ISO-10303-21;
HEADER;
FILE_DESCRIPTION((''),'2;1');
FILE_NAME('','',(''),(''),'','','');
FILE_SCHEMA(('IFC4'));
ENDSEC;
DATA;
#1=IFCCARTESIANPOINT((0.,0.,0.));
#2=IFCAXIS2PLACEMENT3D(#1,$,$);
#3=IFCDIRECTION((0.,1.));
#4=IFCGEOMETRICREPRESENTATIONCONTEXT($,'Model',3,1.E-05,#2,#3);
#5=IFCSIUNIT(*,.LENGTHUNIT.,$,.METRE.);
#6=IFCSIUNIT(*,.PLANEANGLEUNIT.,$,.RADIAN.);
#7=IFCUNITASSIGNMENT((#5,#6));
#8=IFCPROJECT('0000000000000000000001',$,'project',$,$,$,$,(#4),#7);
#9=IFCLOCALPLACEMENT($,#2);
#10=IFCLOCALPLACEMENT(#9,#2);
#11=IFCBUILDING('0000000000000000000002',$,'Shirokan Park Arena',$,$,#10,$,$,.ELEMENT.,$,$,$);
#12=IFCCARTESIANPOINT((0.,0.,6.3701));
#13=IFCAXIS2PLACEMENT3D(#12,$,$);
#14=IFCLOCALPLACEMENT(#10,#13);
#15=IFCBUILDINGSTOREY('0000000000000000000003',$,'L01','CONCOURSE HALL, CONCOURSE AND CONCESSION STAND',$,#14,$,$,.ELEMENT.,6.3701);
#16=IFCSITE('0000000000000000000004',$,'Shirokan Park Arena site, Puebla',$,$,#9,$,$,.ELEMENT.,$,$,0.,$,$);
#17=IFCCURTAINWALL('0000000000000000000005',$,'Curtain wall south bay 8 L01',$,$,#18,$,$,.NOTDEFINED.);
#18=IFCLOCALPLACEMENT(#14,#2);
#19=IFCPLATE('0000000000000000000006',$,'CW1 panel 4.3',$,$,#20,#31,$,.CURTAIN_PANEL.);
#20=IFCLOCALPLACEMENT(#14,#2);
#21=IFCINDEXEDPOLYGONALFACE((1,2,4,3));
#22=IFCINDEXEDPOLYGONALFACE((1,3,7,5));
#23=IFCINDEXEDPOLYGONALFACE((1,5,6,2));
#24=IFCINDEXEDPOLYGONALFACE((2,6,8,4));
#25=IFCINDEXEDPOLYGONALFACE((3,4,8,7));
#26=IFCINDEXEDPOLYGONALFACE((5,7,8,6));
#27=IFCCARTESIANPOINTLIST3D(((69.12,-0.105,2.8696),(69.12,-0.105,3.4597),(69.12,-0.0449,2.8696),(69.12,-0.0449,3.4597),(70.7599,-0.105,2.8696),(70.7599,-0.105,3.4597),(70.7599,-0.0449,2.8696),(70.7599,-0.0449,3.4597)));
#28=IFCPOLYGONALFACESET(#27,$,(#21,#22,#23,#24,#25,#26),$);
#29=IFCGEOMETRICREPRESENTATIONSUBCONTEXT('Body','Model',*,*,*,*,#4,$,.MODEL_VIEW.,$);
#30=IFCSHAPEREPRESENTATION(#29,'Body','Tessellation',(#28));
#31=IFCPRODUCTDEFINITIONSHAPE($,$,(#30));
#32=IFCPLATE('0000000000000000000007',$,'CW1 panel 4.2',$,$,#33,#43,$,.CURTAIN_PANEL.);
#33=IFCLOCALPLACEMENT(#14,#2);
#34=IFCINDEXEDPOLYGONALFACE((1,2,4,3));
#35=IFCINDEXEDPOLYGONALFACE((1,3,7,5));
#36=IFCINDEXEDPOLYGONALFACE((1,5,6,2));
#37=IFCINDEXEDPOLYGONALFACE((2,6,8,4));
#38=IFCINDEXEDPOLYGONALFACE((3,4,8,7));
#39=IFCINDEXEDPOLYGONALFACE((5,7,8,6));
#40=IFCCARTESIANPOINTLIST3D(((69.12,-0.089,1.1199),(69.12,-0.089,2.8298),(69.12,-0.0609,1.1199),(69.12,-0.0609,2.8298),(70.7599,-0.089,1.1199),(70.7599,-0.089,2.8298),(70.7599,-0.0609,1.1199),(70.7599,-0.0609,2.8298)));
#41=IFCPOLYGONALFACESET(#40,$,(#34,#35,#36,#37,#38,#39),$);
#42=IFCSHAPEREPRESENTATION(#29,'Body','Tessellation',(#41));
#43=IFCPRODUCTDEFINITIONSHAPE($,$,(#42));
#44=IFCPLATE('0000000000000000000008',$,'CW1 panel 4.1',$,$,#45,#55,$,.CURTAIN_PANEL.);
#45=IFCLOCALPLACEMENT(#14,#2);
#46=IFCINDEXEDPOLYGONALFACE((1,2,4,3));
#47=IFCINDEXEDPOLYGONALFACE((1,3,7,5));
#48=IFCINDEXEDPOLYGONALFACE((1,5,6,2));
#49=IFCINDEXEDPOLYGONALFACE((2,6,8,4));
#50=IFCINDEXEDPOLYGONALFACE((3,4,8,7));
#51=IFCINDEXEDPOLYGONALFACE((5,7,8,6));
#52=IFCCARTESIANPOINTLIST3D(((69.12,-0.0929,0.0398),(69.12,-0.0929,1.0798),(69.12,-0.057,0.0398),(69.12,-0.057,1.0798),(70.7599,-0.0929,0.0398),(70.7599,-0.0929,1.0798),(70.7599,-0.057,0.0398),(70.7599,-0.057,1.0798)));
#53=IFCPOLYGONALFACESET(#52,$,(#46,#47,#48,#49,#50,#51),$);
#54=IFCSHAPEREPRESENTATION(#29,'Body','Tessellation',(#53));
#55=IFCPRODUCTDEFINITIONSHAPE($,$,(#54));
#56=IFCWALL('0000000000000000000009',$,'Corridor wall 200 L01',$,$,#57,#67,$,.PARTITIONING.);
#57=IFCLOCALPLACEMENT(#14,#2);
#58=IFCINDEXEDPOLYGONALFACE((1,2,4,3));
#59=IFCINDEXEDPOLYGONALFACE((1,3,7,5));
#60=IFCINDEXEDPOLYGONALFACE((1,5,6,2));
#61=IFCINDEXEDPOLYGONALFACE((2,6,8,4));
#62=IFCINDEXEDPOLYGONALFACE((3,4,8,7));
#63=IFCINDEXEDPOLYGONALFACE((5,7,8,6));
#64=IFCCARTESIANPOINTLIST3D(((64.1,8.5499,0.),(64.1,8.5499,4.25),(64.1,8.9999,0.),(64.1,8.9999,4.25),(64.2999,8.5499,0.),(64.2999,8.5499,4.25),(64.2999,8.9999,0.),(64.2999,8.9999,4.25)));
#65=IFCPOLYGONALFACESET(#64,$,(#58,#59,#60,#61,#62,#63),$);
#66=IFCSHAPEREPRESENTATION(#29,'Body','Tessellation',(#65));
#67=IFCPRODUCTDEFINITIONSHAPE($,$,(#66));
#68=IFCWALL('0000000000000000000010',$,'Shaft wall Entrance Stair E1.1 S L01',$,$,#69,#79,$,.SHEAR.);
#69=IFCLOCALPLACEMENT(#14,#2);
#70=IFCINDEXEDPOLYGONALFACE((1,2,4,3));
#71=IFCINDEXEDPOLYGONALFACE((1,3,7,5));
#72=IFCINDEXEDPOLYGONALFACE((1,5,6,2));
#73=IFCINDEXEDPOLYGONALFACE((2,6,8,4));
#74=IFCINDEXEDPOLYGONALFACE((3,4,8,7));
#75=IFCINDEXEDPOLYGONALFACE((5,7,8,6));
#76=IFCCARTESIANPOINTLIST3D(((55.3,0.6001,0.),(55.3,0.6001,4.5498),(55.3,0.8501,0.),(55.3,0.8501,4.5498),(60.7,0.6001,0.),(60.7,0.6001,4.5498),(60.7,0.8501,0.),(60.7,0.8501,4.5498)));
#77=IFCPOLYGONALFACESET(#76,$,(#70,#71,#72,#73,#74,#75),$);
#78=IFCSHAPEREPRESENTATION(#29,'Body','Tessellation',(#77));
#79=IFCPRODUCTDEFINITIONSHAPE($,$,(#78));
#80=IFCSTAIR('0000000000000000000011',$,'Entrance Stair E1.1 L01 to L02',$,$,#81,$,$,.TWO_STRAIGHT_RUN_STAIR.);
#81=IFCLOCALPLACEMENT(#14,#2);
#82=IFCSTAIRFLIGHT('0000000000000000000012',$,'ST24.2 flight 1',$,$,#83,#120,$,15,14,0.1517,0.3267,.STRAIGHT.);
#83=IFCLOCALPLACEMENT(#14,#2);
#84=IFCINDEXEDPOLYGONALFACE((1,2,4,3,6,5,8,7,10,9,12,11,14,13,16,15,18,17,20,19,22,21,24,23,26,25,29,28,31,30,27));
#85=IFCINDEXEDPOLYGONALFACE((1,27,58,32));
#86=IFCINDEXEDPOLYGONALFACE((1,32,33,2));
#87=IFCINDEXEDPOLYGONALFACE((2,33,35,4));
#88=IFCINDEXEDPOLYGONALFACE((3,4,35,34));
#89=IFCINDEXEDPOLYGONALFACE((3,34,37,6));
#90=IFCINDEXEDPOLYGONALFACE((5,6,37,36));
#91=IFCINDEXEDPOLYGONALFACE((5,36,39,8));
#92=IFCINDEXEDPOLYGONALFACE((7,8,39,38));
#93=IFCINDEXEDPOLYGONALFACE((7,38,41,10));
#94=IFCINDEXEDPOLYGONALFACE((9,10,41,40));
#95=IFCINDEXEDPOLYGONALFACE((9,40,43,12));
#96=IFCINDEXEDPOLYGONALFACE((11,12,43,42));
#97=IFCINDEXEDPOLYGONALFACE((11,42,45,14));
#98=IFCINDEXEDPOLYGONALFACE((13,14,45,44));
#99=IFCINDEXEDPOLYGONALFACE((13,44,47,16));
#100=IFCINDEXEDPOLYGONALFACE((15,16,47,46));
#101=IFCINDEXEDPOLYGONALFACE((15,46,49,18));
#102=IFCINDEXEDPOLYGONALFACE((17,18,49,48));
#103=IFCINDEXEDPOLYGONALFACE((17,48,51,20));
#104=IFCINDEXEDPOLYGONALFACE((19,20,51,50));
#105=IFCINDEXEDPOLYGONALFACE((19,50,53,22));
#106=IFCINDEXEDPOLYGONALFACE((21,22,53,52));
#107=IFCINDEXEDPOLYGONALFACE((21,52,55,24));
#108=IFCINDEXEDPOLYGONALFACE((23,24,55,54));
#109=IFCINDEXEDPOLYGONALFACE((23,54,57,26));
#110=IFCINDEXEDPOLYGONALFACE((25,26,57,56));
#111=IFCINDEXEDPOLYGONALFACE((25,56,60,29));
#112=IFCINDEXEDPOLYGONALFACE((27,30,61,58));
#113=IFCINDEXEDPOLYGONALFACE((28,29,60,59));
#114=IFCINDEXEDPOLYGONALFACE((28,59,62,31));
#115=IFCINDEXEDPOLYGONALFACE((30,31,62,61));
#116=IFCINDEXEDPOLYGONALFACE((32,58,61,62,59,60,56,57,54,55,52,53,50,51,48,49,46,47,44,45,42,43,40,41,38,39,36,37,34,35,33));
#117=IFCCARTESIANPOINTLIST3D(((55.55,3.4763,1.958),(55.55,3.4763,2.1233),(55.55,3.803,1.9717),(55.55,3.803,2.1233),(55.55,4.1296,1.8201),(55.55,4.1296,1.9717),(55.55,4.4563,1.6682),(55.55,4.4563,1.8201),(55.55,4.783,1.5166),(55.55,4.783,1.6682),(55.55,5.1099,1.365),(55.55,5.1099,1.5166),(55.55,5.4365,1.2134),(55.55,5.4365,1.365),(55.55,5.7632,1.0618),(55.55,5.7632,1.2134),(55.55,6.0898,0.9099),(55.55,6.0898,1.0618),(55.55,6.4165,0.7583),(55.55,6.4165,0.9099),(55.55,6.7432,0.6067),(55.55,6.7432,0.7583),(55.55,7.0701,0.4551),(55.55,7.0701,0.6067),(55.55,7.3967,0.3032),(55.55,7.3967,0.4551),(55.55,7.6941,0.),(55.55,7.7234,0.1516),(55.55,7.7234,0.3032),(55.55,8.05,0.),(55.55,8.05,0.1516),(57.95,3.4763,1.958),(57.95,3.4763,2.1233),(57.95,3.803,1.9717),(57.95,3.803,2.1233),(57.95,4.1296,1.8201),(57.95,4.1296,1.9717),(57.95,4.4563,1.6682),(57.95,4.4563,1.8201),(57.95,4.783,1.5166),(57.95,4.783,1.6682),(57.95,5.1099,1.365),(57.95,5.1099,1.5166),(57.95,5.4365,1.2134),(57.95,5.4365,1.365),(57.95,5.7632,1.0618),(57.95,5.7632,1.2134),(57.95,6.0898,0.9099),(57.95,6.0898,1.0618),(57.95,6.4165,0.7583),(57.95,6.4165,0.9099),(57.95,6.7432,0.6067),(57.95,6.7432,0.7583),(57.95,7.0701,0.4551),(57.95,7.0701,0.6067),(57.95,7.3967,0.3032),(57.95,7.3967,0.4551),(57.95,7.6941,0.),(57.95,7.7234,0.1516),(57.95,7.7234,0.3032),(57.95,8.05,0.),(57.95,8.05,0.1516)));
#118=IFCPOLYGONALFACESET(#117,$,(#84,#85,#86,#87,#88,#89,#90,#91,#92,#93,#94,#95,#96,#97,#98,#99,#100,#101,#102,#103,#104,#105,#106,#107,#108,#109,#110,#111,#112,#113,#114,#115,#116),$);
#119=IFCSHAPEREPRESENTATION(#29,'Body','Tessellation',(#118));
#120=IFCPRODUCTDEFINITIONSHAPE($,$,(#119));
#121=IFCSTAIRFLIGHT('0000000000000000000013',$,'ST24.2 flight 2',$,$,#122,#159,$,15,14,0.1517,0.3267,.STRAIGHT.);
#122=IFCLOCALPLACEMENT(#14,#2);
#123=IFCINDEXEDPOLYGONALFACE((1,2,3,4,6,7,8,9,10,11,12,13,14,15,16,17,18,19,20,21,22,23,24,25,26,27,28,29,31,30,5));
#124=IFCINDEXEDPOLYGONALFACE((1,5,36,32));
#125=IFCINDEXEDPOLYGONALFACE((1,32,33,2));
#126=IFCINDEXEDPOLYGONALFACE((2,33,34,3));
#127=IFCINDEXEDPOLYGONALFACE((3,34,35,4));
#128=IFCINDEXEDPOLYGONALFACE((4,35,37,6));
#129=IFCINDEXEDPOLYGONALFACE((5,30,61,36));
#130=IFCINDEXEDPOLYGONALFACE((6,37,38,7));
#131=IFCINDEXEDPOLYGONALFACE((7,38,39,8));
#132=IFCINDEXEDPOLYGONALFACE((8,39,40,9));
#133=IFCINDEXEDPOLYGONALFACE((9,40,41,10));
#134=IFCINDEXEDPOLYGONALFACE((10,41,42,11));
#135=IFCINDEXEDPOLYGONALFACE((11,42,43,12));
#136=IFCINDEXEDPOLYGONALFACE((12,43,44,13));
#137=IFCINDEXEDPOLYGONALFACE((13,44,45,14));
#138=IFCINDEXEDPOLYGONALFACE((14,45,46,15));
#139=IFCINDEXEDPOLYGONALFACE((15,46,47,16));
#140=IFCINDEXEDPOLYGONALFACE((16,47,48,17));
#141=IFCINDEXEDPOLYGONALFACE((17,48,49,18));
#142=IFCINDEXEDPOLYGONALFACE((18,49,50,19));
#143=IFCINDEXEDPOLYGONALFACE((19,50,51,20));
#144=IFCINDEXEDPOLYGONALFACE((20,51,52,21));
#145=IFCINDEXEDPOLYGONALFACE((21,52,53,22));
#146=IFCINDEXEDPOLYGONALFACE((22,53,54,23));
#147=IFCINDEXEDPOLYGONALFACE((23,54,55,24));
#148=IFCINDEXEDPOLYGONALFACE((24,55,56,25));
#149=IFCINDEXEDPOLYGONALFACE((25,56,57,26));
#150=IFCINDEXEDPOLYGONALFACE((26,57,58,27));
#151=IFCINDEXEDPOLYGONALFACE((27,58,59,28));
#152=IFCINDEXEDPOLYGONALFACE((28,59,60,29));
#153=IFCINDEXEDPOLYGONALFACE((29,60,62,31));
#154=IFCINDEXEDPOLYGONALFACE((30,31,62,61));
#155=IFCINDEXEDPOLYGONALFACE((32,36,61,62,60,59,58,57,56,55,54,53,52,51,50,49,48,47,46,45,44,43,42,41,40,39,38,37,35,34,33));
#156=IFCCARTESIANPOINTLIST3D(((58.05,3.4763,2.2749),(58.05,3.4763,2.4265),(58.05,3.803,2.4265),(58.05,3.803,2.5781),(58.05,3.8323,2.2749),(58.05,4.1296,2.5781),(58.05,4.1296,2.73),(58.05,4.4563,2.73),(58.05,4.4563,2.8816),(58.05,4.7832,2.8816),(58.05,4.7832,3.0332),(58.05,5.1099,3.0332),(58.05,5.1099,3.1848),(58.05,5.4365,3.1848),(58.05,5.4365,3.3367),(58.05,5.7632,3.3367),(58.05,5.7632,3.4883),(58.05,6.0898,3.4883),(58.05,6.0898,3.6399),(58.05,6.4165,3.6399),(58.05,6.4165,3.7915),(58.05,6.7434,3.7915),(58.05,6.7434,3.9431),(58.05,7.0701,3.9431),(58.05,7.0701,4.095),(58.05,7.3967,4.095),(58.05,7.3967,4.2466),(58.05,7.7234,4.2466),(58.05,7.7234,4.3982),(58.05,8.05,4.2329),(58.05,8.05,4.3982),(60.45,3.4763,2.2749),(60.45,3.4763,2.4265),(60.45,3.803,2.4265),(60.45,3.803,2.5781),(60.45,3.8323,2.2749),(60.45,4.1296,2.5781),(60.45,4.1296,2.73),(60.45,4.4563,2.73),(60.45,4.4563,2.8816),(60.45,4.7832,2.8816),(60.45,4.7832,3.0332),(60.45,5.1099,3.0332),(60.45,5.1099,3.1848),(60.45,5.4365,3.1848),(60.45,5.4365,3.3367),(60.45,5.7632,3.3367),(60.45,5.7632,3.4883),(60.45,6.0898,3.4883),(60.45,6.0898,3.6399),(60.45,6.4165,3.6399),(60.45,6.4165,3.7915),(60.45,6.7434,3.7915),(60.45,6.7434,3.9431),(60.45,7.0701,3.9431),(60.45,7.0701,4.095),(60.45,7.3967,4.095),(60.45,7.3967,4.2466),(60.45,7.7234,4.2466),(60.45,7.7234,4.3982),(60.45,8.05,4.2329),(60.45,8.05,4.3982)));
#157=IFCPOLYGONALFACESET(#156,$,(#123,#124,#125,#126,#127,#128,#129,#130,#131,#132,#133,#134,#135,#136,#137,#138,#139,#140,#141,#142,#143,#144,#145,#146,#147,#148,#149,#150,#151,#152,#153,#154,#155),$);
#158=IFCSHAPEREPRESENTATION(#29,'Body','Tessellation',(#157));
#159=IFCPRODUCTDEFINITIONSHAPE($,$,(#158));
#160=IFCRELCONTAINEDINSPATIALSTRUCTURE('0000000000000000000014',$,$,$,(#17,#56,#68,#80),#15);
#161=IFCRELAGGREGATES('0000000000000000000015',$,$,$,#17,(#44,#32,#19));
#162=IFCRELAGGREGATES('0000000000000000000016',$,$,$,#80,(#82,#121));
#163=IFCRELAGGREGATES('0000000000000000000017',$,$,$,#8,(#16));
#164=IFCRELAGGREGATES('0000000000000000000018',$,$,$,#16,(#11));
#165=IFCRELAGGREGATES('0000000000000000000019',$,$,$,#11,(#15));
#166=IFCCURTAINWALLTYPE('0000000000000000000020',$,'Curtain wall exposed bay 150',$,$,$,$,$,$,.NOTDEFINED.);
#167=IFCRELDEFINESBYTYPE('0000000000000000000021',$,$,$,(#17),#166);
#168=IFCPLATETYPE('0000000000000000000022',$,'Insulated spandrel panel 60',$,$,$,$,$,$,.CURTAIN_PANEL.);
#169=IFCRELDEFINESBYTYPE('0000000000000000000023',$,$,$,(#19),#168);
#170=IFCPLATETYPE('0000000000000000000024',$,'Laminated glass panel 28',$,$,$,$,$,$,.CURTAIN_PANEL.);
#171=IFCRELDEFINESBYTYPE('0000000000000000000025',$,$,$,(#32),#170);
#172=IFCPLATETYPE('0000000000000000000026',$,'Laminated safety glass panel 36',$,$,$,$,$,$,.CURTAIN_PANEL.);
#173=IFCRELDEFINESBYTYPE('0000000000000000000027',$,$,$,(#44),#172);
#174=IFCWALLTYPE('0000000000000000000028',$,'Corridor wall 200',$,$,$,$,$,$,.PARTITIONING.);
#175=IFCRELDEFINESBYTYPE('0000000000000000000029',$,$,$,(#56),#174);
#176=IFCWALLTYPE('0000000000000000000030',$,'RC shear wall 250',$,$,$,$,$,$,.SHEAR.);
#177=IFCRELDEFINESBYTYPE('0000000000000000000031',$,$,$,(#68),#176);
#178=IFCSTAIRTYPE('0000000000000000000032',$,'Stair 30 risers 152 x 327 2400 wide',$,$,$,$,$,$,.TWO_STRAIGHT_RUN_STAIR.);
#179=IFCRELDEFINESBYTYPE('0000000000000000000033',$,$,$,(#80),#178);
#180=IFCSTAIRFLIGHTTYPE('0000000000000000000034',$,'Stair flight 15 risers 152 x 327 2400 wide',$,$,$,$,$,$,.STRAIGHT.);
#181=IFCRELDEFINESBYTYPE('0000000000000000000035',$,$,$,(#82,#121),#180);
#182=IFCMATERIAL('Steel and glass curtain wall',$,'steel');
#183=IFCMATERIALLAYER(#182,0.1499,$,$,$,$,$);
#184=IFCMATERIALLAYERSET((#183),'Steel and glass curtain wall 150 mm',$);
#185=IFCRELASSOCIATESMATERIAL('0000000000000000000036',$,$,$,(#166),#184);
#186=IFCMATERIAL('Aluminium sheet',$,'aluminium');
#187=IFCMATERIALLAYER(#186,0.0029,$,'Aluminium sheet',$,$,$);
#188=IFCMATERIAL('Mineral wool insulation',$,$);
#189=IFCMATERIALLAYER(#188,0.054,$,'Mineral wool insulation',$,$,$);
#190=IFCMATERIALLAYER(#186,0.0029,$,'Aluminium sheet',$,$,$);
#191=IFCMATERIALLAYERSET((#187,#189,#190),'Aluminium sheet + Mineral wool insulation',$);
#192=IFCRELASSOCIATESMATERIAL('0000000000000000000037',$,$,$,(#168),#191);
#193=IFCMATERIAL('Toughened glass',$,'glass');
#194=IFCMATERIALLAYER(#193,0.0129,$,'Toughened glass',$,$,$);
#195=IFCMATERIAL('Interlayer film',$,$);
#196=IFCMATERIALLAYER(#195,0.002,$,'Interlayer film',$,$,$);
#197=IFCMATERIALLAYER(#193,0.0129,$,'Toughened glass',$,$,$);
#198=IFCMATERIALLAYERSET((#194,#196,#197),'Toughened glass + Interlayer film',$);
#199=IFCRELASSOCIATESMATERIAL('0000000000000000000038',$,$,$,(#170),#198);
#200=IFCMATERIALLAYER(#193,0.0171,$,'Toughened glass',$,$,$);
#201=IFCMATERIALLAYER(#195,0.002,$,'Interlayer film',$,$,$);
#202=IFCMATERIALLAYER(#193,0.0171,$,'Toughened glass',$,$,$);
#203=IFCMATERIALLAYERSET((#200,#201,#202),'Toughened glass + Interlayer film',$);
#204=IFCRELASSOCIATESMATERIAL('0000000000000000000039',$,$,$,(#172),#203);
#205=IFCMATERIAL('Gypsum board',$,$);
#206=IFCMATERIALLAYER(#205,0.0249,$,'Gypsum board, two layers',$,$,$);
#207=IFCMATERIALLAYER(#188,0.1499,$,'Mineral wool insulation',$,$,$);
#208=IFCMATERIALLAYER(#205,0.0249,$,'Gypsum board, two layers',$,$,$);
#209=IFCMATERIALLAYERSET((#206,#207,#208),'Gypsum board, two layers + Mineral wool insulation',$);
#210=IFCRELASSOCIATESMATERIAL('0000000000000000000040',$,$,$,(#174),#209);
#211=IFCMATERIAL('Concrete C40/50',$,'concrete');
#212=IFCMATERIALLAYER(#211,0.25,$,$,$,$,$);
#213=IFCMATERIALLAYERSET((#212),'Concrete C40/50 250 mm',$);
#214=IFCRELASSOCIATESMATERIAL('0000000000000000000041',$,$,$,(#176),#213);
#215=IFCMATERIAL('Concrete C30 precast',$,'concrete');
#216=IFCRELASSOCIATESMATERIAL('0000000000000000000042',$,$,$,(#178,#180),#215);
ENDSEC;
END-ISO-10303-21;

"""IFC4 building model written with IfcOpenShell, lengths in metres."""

from ifc_helpers import new_model, si_unit, direction, frame, frame_2d, origin, origin_2d, place, context, subcontext, project, spatial, polyline, rectangle, outline, extrude, material, layer, layer_set, type_object, element, aggregate, save


model = new_model("IFC4")

# Units and contexts
model_context = context("Model", 3, precision=1e-05, world=origin(), true_north=direction((0.0, 1.0)))
body_context = subcontext(model_context, "Body", "Model", "MODEL_VIEW")
ifc_project = project(units=[si_unit("LENGTHUNIT", "METRE"), si_unit("PLANEANGLEUNIT", "RADIAN")], contexts=[model_context])

# Site, building, storey
site_placement = place(None, origin())
site = spatial("IfcSite", under=ifc_project, at=site_placement, Name="Shirokan Park Arena site, Puebla", CompositionType="ELEMENT", RefElevation=0.0)
building_placement = place(site_placement, origin())
building = spatial("IfcBuilding", under=site, at=building_placement, Name="Shirokan Park Arena", CompositionType="ELEMENT")
storey_placement = place(building_placement, frame((0.0, 0.0, 6.3701)))
storey = spatial("IfcBuildingStorey", under=building, at=storey_placement, Name="L01", Description="CONCOURSE HALL, CONCOURSE AND CONCESSION STAND", CompositionType="ELEMENT", Elevation=6.3701)

# Curtain wall
ifc_material_1 = material(Name="Steel and glass curtain wall", Category="steel")
ifc_layer_1 = layer(ifc_material_1, 0.1499)
ifc_layer_set_1 = layer_set([ifc_layer_1], Name="Steel and glass curtain wall 150 mm")
curtain_wall_type = type_object("IfcCurtainWallType", Name="Curtain wall exposed bay 150", PredefinedType="NOTDEFINED", material=ifc_layer_set_1)
curtain_wall_placement = place(storey_placement, origin())
curtain_wall = element("IfcCurtainWall", 1, at=curtain_wall_placement, inside=storey, type_object=curtain_wall_type, Name="Curtain wall south bay 8 L01", PredefinedType="NOTDEFINED")

# Plates
ifc_material_2 = material(Name="Aluminium sheet", Category="aluminium")
ifc_layer_2 = layer(ifc_material_2, 0.0029, Name="Aluminium sheet")
ifc_material_3 = material(Name="Mineral wool insulation")
ifc_layer_3 = layer(ifc_material_3, 0.054, Name="Mineral wool insulation")
ifc_layer_4 = layer(ifc_material_2, 0.0029, Name="Aluminium sheet")
ifc_layer_set_2 = layer_set([ifc_layer_2, ifc_layer_3, ifc_layer_4], Name="Aluminium sheet + Mineral wool insulation")
plate_type_1 = type_object("IfcPlateType", Name="Insulated spandrel panel 60", PredefinedType="CURTAIN_PANEL", material=ifc_layer_set_2)
plate_1_placement = place(storey_placement, frame((69.9399, -0.075, 2.8696), z_axis=(0.0, 0.0, 1.0), x_axis=(1.0, 0.0, 0.0)))
plate_1 = element("IfcPlate", 2, at=plate_1_placement, type_object=plate_type_1, Name="CW1 panel 4.3", PredefinedType="CURTAIN_PANEL", context=body_context, shape_type="SweptSolid", body=[
    extrude(rectangle(XDim=1.6399, YDim=0.0601, at=origin_2d()), origin(), (0.0, 0.0, 1.0), 0.5901),
])
ifc_material_4 = material(Name="Toughened glass", Category="glass")
ifc_layer_5 = layer(ifc_material_4, 0.0129, Name="Toughened glass")
ifc_material_5 = material(Name="Interlayer film")
ifc_layer_6 = layer(ifc_material_5, 0.002, Name="Interlayer film")
ifc_layer_7 = layer(ifc_material_4, 0.0129, Name="Toughened glass")
ifc_layer_set_3 = layer_set([ifc_layer_5, ifc_layer_6, ifc_layer_7], Name="Toughened glass + Interlayer film")
plate_type_2 = type_object("IfcPlateType", Name="Laminated glass panel 28", PredefinedType="CURTAIN_PANEL", material=ifc_layer_set_3)
plate_2_placement = place(storey_placement, frame((69.9399, -0.075, 1.1199), z_axis=(0.0, 0.0, 1.0), x_axis=(1.0, 0.0, 0.0)))
plate_2 = element("IfcPlate", 3, at=plate_2_placement, type_object=plate_type_2, Name="CW1 panel 4.2", PredefinedType="CURTAIN_PANEL", context=body_context, shape_type="SweptSolid", body=[
    extrude(rectangle(XDim=1.6399, YDim=0.0281, at=origin_2d()), origin(), (0.0, 0.0, 1.0), 1.71),
])
ifc_layer_8 = layer(ifc_material_4, 0.0171, Name="Toughened glass")
ifc_layer_9 = layer(ifc_material_5, 0.002, Name="Interlayer film")
ifc_layer_10 = layer(ifc_material_4, 0.0171, Name="Toughened glass")
ifc_layer_set_4 = layer_set([ifc_layer_8, ifc_layer_9, ifc_layer_10], Name="Toughened glass + Interlayer film")
plate_type_3 = type_object("IfcPlateType", Name="Laminated safety glass panel 36", PredefinedType="CURTAIN_PANEL", material=ifc_layer_set_4)
plate_3_placement = place(storey_placement, frame((69.9399, -0.075, 0.0398), z_axis=(0.0, 0.0, 1.0), x_axis=(1.0, 0.0, 0.0)))
plate_3 = element("IfcPlate", 4, at=plate_3_placement, type_object=plate_type_3, Name="CW1 panel 4.1", PredefinedType="CURTAIN_PANEL", context=body_context, shape_type="SweptSolid", body=[
    extrude(rectangle(XDim=1.6399, YDim=0.0359, at=origin_2d()), origin(), (0.0, 0.0, 1.0), 1.04),
])
aggregate(curtain_wall, [plate_3, plate_2, plate_1])

# Walls
ifc_material_6 = material(Name="Gypsum board")
ifc_layer_11 = layer(ifc_material_6, 0.0249, Name="Gypsum board, two layers")
ifc_layer_12 = layer(ifc_material_3, 0.1499, Name="Mineral wool insulation")
ifc_layer_13 = layer(ifc_material_6, 0.0249, Name="Gypsum board, two layers")
ifc_layer_set_5 = layer_set([ifc_layer_11, ifc_layer_12, ifc_layer_13], Name="Gypsum board, two layers + Mineral wool insulation")
wall_type_1 = type_object("IfcWallType", Name="Corridor wall 200", PredefinedType="PARTITIONING", material=ifc_layer_set_5)
wall_1_placement = place(storey_placement, frame((64.2, 9.0, 0.0), z_axis=(0.0, 0.0, 1.0), x_axis=(0.0, -1.0, 0.0)))
element("IfcWall", 5, at=wall_1_placement, inside=storey, type_object=wall_type_1, Name="Corridor wall 200 L01", PredefinedType="PARTITIONING", context=body_context, shape_type="SweptSolid", body=[
    extrude(rectangle(XDim=0.45, YDim=0.2, at=frame_2d((0.2251, 0.0))), origin(), (0.0, 0.0, 1.0), 4.25),
])
ifc_material_7 = material(Name="Concrete C40/50", Category="concrete")
ifc_layer_14 = layer(ifc_material_7, 0.25)
ifc_layer_set_6 = layer_set([ifc_layer_14], Name="Concrete C40/50 250 mm")
wall_type_2 = type_object("IfcWallType", Name="RC shear wall 250", PredefinedType="SHEAR", material=ifc_layer_set_6)
wall_2_placement = place(storey_placement, frame((60.7, 0.7251, 0.0), z_axis=(0.0, 0.0, 1.0), x_axis=(-1.0, 0.0, 0.0)))
element("IfcWall", 6, at=wall_2_placement, inside=storey, type_object=wall_type_2, Name="Shaft wall Entrance Stair E1.1 S L01", PredefinedType="SHEAR", context=body_context, shape_type="SweptSolid", body=[
    extrude(rectangle(XDim=5.3999, YDim=0.25, at=frame_2d((2.7, 0.0))), origin(), (0.0, 0.0, 1.0), 4.5498),
])

# Stair, stair flights
ifc_material_8 = material(Name="Concrete C30 precast", Category="concrete")
stair_type = type_object("IfcStairType", Name="Stair 30 risers 152 x 327 2400 wide", PredefinedType="TWO_STRAIGHT_RUN_STAIR", material=ifc_material_8)
stair_placement = place(storey_placement, origin())
stair = element("IfcStair", 7, at=stair_placement, inside=storey, type_object=stair_type, Name="Entrance Stair E1.1 L01 to L02", PredefinedType="TWO_STRAIGHT_RUN_STAIR")
stair_flight_type = type_object("IfcStairFlightType", Name="Stair flight 15 risers 152 x 327 2400 wide", PredefinedType="STRAIGHT", material=ifc_material_8)
stair_flight_1_placement = place(storey_placement, frame((56.75, 8.05, 0.0), z_axis=(0.0, 0.0, 1.0), x_axis=(0.0, -1.0, 0.0)))
stair_flight_1 = element("IfcStairFlight", 8, at=stair_flight_1_placement, type_object=stair_flight_type, Name="ST24.2 flight 1", NumberOfRisers=15, NumberOfTreads=14, PredefinedType="STRAIGHT", RiserHeight=0.1517, TreadLength=0.3267, context=body_context, shape_type="SweptSolid", body=[
    extrude(outline(polyline([(0.0, 0.0), (0.0, 0.1516), (0.3267, 0.1516), (0.3267, 0.3032), (0.6533, 0.3032), (0.6533, 0.4551), (0.98, 0.4551), (0.98, 0.6067), (1.3069, 0.6067), (1.3069, 0.7583), (1.6335, 0.7583), (1.6335, 0.9099), (1.9602, 0.9099), (1.9602, 1.0618), (2.2869, 1.0618), (2.2869, 1.2134), (2.6135, 1.2134), (2.6135, 1.365), (2.9402, 1.365), (2.9402, 1.5166), (3.2671, 1.5166), (3.2671, 1.6682), (3.5938, 1.6682), (3.5938, 1.8201), (3.9204, 1.8201), (3.9204, 1.9717), (4.2471, 1.9717), (4.2471, 2.1233), (4.5737, 2.1233), (4.5737, 2.2749), (4.5737, 1.958), (0.356, 0.0), (0.0, 0.0)])), frame((0.0, 1.2, 0.0), z_axis=(0.0, -1.0, 0.0), x_axis=(1.0, 0.0, 0.0)), (0.0, 0.0, 1.0), 2.3999),
])
stair_flight_2_placement = place(storey_placement, frame((59.25, 3.4763, 2.2749), z_axis=(0.0, 0.0, 1.0), x_axis=(0.0, 1.0, 0.0)))
stair_flight_2 = element("IfcStairFlight", 9, at=stair_flight_2_placement, type_object=stair_flight_type, Name="ST24.2 flight 2", NumberOfRisers=15, NumberOfTreads=14, PredefinedType="STRAIGHT", RiserHeight=0.1517, TreadLength=0.3267, context=body_context, shape_type="SweptSolid", body=[
    extrude(outline(polyline([(0.0, 0.0), (0.0, 0.1516), (0.3267, 0.1516), (0.3267, 0.3032), (0.6533, 0.3032), (0.6533, 0.4551), (0.98, 0.4551), (0.98, 0.6067), (1.3069, 0.6067), (1.3069, 0.7583), (1.6335, 0.7583), (1.6335, 0.9099), (1.9602, 0.9099), (1.9602, 1.0618), (2.2869, 1.0618), (2.2869, 1.2134), (2.6135, 1.2134), (2.6135, 1.365), (2.9402, 1.365), (2.9402, 1.5166), (3.2671, 1.5166), (3.2671, 1.6682), (3.5938, 1.6682), (3.5938, 1.8201), (3.9204, 1.8201), (3.9204, 1.9717), (4.2471, 1.9717), (4.2471, 2.1233), (4.5737, 2.1233), (4.5737, 2.2749), (4.5737, 1.958), (0.356, 0.0), (0.0, 0.0)])), frame((0.0, 1.2, 0.0), z_axis=(0.0, -1.0, 0.0), x_axis=(1.0, 0.0, 0.0)), (0.0, 0.0, 1.0), 2.3999),
])
aggregate(stair, [stair_flight_1, stair_flight_2])

save(model, "model.ifc")
